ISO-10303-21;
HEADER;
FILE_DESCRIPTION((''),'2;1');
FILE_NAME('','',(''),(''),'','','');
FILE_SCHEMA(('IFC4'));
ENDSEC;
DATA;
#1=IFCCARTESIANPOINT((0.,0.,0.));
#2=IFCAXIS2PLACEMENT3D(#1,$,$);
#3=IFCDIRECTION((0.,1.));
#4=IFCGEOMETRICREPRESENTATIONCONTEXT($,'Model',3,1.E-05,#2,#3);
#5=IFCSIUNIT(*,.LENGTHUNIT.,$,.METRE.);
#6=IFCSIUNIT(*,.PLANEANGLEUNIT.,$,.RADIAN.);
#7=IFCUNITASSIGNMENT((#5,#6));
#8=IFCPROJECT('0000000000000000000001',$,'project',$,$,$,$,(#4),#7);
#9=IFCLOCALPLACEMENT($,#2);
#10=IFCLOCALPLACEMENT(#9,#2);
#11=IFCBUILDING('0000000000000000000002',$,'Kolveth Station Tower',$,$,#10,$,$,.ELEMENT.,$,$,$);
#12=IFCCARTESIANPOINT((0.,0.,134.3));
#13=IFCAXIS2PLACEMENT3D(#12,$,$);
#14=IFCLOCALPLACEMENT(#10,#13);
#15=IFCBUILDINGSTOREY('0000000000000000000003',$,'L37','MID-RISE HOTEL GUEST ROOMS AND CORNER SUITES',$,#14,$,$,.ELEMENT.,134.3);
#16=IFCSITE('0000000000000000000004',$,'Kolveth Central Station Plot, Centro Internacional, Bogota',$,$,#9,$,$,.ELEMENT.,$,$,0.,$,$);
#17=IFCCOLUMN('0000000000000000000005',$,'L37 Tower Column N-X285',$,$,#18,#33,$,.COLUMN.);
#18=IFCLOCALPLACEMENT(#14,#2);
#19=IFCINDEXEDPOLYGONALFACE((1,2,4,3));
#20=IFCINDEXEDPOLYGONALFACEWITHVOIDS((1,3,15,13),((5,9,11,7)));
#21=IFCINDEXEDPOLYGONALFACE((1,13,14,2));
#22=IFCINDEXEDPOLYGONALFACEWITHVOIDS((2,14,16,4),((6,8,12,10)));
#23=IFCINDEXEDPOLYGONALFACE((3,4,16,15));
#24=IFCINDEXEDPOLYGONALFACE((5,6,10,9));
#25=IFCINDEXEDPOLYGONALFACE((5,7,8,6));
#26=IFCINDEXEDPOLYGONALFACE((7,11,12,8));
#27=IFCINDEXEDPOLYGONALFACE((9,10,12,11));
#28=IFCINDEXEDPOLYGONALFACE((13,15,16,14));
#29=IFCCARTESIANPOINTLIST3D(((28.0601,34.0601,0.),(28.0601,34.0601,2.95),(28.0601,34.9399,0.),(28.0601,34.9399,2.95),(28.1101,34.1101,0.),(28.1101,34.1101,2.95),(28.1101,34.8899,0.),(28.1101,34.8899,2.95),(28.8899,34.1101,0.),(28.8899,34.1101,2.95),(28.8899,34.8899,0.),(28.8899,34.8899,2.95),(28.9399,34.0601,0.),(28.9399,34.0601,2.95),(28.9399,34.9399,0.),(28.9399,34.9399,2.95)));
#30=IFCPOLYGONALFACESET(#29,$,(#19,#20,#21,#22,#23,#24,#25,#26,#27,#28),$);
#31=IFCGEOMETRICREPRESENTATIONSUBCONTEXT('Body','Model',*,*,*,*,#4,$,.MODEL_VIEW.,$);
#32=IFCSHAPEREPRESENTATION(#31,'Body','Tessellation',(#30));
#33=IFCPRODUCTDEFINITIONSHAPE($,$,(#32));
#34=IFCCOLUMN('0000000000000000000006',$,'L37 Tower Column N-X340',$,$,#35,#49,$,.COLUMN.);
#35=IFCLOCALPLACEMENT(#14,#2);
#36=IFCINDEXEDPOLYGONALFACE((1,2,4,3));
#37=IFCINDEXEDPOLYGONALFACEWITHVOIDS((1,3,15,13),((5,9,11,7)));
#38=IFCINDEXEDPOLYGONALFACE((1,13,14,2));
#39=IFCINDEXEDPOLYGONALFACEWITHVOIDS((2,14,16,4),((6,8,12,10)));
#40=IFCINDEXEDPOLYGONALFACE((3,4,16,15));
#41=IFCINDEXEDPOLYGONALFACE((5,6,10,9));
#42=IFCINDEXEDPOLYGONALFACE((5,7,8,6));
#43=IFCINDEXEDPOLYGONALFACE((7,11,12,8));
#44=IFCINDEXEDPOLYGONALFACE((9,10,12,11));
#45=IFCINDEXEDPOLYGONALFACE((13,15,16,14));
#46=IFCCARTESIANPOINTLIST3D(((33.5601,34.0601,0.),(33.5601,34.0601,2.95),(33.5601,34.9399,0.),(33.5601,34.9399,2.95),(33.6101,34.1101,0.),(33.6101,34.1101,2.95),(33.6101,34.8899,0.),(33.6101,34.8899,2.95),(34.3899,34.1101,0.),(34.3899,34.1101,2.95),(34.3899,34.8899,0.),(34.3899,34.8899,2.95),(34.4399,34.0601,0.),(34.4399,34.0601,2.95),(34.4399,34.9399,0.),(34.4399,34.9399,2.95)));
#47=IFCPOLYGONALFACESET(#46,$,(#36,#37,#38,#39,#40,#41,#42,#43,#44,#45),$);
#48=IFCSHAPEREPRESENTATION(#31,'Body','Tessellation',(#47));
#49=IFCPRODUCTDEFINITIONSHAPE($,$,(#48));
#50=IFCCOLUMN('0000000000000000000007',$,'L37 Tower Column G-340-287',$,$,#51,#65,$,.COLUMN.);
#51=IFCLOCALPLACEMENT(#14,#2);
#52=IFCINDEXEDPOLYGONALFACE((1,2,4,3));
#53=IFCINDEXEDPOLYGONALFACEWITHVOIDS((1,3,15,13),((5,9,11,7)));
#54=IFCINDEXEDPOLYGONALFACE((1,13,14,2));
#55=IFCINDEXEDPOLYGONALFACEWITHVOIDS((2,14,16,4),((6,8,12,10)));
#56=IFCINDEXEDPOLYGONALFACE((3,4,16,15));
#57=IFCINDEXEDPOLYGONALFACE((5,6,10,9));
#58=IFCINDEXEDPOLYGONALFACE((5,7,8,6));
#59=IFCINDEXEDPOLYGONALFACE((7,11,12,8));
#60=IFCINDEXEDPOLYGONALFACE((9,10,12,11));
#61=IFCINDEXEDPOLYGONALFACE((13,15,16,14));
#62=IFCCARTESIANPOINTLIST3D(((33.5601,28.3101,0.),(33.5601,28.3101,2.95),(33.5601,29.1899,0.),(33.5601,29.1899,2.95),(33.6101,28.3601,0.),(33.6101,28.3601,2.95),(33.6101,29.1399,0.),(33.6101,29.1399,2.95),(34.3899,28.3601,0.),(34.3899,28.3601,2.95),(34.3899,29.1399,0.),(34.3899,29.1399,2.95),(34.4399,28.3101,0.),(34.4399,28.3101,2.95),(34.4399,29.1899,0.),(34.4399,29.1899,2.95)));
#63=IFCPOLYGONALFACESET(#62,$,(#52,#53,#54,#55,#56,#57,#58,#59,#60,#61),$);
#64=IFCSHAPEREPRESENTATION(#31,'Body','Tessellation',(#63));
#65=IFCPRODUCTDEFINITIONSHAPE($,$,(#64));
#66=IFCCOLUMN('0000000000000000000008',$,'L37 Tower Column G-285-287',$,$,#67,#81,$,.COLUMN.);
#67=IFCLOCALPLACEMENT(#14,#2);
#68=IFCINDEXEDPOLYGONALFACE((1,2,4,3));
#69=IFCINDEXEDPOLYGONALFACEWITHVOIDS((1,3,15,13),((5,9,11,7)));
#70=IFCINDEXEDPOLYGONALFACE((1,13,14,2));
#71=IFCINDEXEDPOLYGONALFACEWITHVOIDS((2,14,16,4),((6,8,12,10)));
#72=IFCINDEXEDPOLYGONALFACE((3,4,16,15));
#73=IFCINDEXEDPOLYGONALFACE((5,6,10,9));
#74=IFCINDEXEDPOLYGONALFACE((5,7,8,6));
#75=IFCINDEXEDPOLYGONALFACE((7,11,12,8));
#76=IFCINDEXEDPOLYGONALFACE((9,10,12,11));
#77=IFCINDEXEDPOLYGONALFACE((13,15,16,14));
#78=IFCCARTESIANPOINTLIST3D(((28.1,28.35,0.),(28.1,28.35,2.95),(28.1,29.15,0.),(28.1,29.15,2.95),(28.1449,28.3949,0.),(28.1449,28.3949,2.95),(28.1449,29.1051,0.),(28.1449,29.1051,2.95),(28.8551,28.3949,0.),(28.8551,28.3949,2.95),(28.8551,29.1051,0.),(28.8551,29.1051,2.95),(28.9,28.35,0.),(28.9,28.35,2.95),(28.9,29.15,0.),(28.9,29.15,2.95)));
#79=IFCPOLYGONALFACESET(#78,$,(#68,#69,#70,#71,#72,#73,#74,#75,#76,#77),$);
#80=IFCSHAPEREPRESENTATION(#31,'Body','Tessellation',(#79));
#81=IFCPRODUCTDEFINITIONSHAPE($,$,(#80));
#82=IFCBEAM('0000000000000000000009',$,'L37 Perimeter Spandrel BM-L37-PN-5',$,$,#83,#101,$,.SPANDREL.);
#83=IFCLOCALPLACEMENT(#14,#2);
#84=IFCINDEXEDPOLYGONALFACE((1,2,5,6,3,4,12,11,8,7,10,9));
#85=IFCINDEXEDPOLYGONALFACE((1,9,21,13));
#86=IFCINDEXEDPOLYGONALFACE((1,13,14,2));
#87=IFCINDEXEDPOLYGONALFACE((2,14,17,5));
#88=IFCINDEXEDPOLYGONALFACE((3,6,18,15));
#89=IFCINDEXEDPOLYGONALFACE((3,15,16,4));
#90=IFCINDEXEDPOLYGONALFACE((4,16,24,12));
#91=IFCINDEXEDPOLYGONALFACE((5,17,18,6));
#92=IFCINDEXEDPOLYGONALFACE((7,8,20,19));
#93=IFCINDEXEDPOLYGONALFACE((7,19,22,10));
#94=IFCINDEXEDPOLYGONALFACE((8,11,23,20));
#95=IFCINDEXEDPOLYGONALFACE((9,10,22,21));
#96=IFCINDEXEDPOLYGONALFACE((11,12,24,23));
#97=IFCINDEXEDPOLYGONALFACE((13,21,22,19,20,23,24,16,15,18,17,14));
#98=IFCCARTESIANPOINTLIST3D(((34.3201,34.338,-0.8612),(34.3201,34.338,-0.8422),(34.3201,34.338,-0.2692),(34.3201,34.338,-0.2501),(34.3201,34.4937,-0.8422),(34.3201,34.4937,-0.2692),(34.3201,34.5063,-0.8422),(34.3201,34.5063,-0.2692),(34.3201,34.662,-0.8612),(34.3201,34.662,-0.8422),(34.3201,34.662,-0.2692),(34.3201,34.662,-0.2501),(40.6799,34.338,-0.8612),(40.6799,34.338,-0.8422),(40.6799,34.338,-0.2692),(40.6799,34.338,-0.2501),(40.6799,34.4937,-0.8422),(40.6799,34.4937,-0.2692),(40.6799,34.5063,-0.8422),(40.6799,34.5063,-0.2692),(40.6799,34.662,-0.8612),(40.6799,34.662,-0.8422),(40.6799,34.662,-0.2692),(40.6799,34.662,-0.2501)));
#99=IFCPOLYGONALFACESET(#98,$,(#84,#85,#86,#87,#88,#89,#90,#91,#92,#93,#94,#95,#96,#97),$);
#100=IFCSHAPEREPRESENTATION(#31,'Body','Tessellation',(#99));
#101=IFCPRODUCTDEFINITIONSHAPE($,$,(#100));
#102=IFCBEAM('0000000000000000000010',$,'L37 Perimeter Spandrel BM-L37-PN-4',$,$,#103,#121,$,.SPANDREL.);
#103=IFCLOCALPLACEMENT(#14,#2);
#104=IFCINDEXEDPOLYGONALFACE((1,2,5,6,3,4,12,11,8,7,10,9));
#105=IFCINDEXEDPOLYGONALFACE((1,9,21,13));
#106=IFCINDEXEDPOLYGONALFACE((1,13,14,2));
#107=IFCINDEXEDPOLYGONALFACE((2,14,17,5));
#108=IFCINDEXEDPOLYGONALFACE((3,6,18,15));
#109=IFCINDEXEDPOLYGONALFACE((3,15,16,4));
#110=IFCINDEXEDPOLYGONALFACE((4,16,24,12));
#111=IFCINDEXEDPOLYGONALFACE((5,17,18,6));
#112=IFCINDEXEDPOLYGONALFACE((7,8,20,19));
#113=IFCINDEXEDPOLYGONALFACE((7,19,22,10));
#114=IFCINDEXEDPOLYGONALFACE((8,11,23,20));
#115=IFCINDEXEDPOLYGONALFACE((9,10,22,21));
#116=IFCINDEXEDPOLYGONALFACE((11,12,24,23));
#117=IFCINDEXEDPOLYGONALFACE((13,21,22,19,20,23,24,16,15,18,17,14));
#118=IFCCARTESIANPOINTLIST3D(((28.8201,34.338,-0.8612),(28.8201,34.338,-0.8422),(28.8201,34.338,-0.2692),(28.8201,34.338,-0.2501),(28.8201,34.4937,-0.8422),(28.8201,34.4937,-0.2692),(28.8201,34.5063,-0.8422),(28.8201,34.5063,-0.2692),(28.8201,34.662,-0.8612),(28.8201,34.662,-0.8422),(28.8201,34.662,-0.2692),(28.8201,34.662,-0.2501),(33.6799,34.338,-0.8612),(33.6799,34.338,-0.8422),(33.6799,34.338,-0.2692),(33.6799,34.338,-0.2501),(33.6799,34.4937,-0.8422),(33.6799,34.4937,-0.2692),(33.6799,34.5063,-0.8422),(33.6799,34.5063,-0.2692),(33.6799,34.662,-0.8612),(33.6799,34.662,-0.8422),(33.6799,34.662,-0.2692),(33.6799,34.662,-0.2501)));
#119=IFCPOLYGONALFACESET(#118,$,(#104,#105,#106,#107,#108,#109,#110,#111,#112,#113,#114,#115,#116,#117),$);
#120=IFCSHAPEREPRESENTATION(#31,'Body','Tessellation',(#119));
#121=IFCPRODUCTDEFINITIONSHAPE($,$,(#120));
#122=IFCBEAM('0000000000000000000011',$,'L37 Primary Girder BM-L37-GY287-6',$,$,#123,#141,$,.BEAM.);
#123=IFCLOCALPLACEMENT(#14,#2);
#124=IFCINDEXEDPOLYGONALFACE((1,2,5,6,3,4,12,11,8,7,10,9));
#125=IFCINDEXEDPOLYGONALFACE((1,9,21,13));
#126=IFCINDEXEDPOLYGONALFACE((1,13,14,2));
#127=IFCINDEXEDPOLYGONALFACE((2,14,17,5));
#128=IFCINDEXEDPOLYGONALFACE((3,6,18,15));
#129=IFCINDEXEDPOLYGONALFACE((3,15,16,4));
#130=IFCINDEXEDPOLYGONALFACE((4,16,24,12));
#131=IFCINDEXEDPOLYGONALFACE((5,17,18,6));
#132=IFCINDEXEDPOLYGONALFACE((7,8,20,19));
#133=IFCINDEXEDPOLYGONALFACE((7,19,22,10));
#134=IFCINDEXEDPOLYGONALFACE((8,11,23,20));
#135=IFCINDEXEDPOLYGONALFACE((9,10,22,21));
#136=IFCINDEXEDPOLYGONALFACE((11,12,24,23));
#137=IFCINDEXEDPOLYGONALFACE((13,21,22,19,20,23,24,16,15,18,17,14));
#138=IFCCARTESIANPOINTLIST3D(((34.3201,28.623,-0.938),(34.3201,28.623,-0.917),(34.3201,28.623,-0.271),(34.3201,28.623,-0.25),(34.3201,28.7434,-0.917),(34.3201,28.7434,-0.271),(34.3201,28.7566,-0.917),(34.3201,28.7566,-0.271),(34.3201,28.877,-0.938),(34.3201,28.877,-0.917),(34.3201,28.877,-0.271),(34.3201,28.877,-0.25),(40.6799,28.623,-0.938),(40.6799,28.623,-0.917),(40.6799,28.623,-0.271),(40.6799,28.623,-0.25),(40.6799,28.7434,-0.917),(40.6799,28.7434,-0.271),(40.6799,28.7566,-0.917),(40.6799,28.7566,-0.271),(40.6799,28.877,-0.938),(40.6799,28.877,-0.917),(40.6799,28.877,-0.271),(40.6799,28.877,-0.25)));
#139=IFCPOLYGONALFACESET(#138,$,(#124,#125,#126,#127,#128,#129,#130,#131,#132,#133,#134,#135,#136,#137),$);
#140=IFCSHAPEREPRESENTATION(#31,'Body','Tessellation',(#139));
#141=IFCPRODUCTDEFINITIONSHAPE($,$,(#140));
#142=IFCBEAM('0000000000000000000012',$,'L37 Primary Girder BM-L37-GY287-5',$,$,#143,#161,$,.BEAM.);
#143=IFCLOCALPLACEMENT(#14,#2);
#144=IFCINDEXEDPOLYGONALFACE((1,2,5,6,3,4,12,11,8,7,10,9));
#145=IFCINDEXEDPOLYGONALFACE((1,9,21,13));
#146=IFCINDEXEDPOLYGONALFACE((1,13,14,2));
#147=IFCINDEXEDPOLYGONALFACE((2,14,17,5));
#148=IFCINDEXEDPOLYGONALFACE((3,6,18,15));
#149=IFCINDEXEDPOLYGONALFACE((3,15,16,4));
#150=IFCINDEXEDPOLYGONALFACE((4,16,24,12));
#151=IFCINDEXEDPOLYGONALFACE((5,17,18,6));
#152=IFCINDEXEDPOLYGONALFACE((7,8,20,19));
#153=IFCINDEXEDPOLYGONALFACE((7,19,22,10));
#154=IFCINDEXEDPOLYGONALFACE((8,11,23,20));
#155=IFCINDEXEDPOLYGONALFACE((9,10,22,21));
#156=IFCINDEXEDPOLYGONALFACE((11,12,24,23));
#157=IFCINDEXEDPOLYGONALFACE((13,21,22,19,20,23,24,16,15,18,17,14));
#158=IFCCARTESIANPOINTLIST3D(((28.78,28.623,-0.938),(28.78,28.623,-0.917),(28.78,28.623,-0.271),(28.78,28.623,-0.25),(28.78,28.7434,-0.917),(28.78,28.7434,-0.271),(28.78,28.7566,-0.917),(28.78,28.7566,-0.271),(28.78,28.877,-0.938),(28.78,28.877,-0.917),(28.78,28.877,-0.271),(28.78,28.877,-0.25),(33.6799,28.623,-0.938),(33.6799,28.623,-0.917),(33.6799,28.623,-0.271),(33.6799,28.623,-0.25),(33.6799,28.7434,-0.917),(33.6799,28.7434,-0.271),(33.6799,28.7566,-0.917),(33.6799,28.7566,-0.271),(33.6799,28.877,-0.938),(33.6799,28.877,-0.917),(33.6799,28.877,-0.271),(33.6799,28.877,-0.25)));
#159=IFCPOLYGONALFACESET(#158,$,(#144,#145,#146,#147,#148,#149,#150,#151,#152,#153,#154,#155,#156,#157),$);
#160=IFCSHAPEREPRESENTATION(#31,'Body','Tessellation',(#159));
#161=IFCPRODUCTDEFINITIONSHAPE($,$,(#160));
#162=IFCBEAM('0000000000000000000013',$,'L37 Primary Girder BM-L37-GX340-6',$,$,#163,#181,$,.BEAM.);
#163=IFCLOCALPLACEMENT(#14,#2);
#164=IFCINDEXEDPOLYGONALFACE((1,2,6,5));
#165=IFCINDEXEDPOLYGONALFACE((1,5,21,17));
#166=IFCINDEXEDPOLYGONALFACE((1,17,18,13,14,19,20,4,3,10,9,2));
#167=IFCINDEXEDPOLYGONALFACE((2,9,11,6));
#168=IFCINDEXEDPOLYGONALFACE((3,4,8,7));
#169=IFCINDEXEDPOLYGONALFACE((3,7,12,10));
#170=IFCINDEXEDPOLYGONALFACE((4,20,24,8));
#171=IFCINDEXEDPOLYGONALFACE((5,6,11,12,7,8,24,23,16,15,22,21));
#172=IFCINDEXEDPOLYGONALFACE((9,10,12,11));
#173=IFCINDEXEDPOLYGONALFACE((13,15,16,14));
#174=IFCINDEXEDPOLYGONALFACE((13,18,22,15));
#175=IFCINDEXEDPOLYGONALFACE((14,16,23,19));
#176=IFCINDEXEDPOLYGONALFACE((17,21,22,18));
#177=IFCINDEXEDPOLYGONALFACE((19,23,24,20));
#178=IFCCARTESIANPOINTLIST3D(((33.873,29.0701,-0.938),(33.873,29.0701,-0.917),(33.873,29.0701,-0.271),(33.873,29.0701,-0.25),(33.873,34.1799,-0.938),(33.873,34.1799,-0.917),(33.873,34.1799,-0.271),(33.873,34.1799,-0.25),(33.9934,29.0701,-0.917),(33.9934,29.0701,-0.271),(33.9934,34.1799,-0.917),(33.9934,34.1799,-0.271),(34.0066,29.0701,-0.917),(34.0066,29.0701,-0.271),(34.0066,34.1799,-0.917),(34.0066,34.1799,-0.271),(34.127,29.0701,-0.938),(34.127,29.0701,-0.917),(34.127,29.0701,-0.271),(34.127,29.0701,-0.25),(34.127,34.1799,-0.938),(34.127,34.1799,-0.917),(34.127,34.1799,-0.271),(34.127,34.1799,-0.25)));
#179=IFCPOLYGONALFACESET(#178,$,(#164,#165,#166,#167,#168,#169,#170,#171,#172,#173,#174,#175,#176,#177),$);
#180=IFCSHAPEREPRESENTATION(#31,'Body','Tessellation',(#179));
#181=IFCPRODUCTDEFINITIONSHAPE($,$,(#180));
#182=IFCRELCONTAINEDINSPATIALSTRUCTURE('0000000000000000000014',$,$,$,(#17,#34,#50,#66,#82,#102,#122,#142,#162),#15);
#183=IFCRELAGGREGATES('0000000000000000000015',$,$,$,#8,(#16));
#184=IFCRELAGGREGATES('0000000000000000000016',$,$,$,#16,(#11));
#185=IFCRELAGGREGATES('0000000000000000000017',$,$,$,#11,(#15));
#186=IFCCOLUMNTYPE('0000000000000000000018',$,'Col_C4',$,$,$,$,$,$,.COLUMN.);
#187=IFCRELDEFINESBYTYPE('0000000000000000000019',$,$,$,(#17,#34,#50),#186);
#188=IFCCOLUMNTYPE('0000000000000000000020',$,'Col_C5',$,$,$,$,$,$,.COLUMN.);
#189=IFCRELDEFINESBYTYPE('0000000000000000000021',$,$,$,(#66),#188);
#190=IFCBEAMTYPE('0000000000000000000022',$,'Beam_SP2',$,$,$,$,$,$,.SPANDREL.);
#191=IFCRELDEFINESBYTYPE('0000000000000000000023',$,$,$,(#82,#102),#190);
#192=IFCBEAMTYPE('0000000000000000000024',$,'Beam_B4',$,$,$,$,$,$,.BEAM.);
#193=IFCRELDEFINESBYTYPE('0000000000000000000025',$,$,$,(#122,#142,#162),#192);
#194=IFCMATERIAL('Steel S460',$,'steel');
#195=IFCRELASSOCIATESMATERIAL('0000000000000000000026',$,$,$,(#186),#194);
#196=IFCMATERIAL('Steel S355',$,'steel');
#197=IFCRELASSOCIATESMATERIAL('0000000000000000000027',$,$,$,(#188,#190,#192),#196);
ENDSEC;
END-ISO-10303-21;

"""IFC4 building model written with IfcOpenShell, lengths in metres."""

from ifc_helpers import new_model, si_unit, direction, frame, origin, origin_2d, place, context, subcontext, project, spatial, hollow_rectangle, i_section, extrude, source, transform, mapped, material, material_profile, profile_set, type_object, element, save


model = new_model("IFC4")

# Units and contexts
model_context = context("Model", 3, precision=1e-05, world=origin(), true_north=direction((0.0, 1.0)))
body_context = subcontext(model_context, "Body", "Model", "MODEL_VIEW")
ifc_project = project(units=[si_unit("LENGTHUNIT", "METRE"), si_unit("PLANEANGLEUNIT", "RADIAN")], contexts=[model_context])

# Site, building, storey
site_placement = place(None, origin())
site = spatial("IfcSite", under=ifc_project, at=site_placement, Name="Kolveth Central Station Plot, Centro Internacional, Bogota", CompositionType="ELEMENT", RefElevation=0.0)
building_placement = place(site_placement, origin())
building = spatial("IfcBuilding", under=site, at=building_placement, Name="Kolveth Station Tower", CompositionType="ELEMENT")
storey_placement = place(building_placement, frame((0.0, 0.0, 134.3)))
storey = spatial("IfcBuildingStorey", under=building, at=storey_placement, Name="L37", Description="MID-RISE HOTEL GUEST ROOMS AND CORNER SUITES", CompositionType="ELEMENT", Elevation=134.3)

# Columns
ifc_material_1 = material(Name="Steel S460", Category="steel")
ifc_material_profile_1 = material_profile(ifc_material_1, hollow_rectangle(XDim=0.8799, YDim=0.8799, WallThickness=0.05, at=origin_2d()), Name="BOX880x880x50")
ifc_profile_set_1 = profile_set([ifc_material_profile_1], Name="Steel S460")
column_type_1 = type_object("IfcColumnType", Name="Col_C4", PredefinedType="COLUMN", material=ifc_profile_set_1)
shared_shape_1 = source(origin(), body_context, "Body", "SweptSolid", [
    extrude(hollow_rectangle(XDim=0.8799, YDim=0.8799, WallThickness=0.05, at=origin_2d()), origin(), (0.0, 0.0, 1.0), 2.95),
])
for number, where, z_axis, x_axis, name in (
    (1, (28.5, 34.5, 0.0), (0.0, 0.0, 1.0), (1.0, 0.0, 0.0), "L37 Tower Column N-X285"),
    (2, (34.0, 34.5, 0.0), (0.0, 0.0, 1.0), (1.0, 0.0, 0.0), "L37 Tower Column N-X340"),
    (3, (34.0, 28.75, 0.0), (0.0, 0.0, 1.0), (1.0, 0.0, 0.0), "L37 Tower Column G-340-287"),
):
    element("IfcColumn", number, at=place(storey_placement, frame(where, z_axis=z_axis, x_axis=x_axis)), inside=storey, type_object=column_type_1, Name=name, PredefinedType="COLUMN", context=body_context, shape_type="MappedRepresentation", body=[
        mapped(shared_shape_1, transform((0.0, 0.0, 0.0), x_axis=(1.0, 0.0, 0.0), y_axis=(0.0, 1.0, 0.0), z_axis=(0.0, 0.0, 1.0), scale=1.0)),
    ])
ifc_material_2 = material(Name="Steel S355", Category="steel")
ifc_material_profile_2 = material_profile(ifc_material_2, hollow_rectangle(XDim=0.8, YDim=0.8, WallThickness=0.0449, at=origin_2d()), Name="BOX800x800x45")
ifc_profile_set_2 = profile_set([ifc_material_profile_2], Name="Steel S355")
column_type_2 = type_object("IfcColumnType", Name="Col_C5", PredefinedType="COLUMN", material=ifc_profile_set_2)
shared_shape_2 = source(origin(), body_context, "Body", "SweptSolid", [
    extrude(hollow_rectangle(XDim=0.8, YDim=0.8, WallThickness=0.0449, at=origin_2d()), origin(), (0.0, 0.0, 1.0), 2.95),
])
column_placement = place(storey_placement, frame((28.5, 28.75, 0.0), z_axis=(0.0, 0.0, 1.0), x_axis=(1.0, 0.0, 0.0)))
element("IfcColumn", 4, at=column_placement, inside=storey, type_object=column_type_2, Name="L37 Tower Column G-285-287", PredefinedType="COLUMN", context=body_context, shape_type="MappedRepresentation", body=[
    mapped(shared_shape_2, transform((0.0, 0.0, 0.0), x_axis=(1.0, 0.0, 0.0), y_axis=(0.0, 1.0, 0.0), z_axis=(0.0, 0.0, 1.0), scale=1.0)),
])

# Beams
ifc_material_profile_3 = material_profile(ifc_material_2, i_section(OverallWidth=0.324, OverallDepth=0.6111, WebThickness=0.0127, FlangeThickness=0.019, at=origin_2d()), Name="W610x155")
ifc_profile_set_3 = profile_set([ifc_material_profile_3], Name="Steel S355")
beam_type_1 = type_object("IfcBeamType", Name="Beam_SP2", PredefinedType="SPANDREL", material=ifc_profile_set_3)
shared_shape_3 = source(origin(), body_context, "Body", "SweptSolid", [
    extrude(i_section(OverallWidth=0.324, OverallDepth=0.6111, WebThickness=0.0127, FlangeThickness=0.019, at=origin_2d()), origin(), (0.0, 0.0, 1.0), 6.3599),
])
beam_1_placement = place(storey_placement, frame((34.3201, 34.5, -0.5557), z_axis=(1.0, 0.0, 0.0), x_axis=(0.0, 1.0, 0.0)))
element("IfcBeam", 5, at=beam_1_placement, inside=storey, type_object=beam_type_1, Name="L37 Perimeter Spandrel BM-L37-PN-5", PredefinedType="SPANDREL", context=body_context, shape_type="MappedRepresentation", body=[
    mapped(shared_shape_3, transform((0.0, 0.0, 0.0), x_axis=(1.0, 0.0, 0.0), y_axis=(0.0, 1.0, 0.0), z_axis=(0.0, 0.0, 1.0), scale=1.0)),
])
shared_shape_4 = source(origin(), body_context, "Body", "SweptSolid", [
    extrude(i_section(OverallWidth=0.324, OverallDepth=0.6111, WebThickness=0.0127, FlangeThickness=0.019, at=origin_2d()), origin(), (0.0, 0.0, 1.0), 4.8599),
])
beam_2_placement = place(storey_placement, frame((28.8201, 34.5, -0.5557), z_axis=(1.0, 0.0, 0.0), x_axis=(0.0, 1.0, 0.0)))
element("IfcBeam", 6, at=beam_2_placement, inside=storey, type_object=beam_type_1, Name="L37 Perimeter Spandrel BM-L37-PN-4", PredefinedType="SPANDREL", context=body_context, shape_type="MappedRepresentation", body=[
    mapped(shared_shape_4, transform((0.0, 0.0, 0.0), x_axis=(1.0, 0.0, 0.0), y_axis=(0.0, 1.0, 0.0), z_axis=(0.0, 0.0, 1.0), scale=1.0)),
])
ifc_material_profile_4 = material_profile(ifc_material_2, i_section(OverallWidth=0.2539, OverallDepth=0.688, WebThickness=0.0132, FlangeThickness=0.021, at=origin_2d()), Name="W690x152")
ifc_profile_set_4 = profile_set([ifc_material_profile_4], Name="Steel S355")
beam_type_2 = type_object("IfcBeamType", Name="Beam_B4", PredefinedType="BEAM", material=ifc_profile_set_4)
shared_shape_5 = source(origin(), body_context, "Body", "SweptSolid", [
    extrude(i_section(OverallWidth=0.2539, OverallDepth=0.688, WebThickness=0.0132, FlangeThickness=0.021, at=origin_2d()), origin(), (0.0, 0.0, 1.0), 6.3599),
])
beam_3_placement = place(storey_placement, frame((34.3201, 28.75, -0.594), z_axis=(1.0, 0.0, 0.0), x_axis=(0.0, 1.0, 0.0)))
element("IfcBeam", 7, at=beam_3_placement, inside=storey, type_object=beam_type_2, Name="L37 Primary Girder BM-L37-GY287-6", PredefinedType="BEAM", context=body_context, shape_type="MappedRepresentation", body=[
    mapped(shared_shape_5, transform((0.0, 0.0, 0.0), x_axis=(1.0, 0.0, 0.0), y_axis=(0.0, 1.0, 0.0), z_axis=(0.0, 0.0, 1.0), scale=1.0)),
])
shared_shape_6 = source(origin(), body_context, "Body", "SweptSolid", [
    extrude(i_section(OverallWidth=0.2539, OverallDepth=0.688, WebThickness=0.0132, FlangeThickness=0.021, at=origin_2d()), origin(), (0.0, 0.0, 1.0), 4.8999),
])
beam_4_placement = place(storey_placement, frame((28.78, 28.75, -0.594), z_axis=(1.0, 0.0, 0.0), x_axis=(0.0, 1.0, 0.0)))
element("IfcBeam", 8, at=beam_4_placement, inside=storey, type_object=beam_type_2, Name="L37 Primary Girder BM-L37-GY287-5", PredefinedType="BEAM", context=body_context, shape_type="MappedRepresentation", body=[
    mapped(shared_shape_6, transform((0.0, 0.0, 0.0), x_axis=(1.0, 0.0, 0.0), y_axis=(0.0, 1.0, 0.0), z_axis=(0.0, 0.0, 1.0), scale=1.0)),
])
shared_shape_7 = source(origin(), body_context, "Body", "SweptSolid", [
    extrude(i_section(OverallWidth=0.2539, OverallDepth=0.688, WebThickness=0.0132, FlangeThickness=0.021, at=origin_2d()), origin(), (0.0, 0.0, 1.0), 5.1099),
])
beam_5_placement = place(storey_placement, frame((34.0, 29.0701, -0.594), z_axis=(0.0, 1.0, 0.0), x_axis=(-1.0, 0.0, 0.0)))
element("IfcBeam", 9, at=beam_5_placement, inside=storey, type_object=beam_type_2, Name="L37 Primary Girder BM-L37-GX340-6", PredefinedType="BEAM", context=body_context, shape_type="MappedRepresentation", body=[
    mapped(shared_shape_7, transform((0.0, 0.0, 0.0), x_axis=(1.0, 0.0, 0.0), y_axis=(0.0, 1.0, 0.0), z_axis=(0.0, 0.0, 1.0), scale=1.0)),
])

save(model, "model.ifc")
